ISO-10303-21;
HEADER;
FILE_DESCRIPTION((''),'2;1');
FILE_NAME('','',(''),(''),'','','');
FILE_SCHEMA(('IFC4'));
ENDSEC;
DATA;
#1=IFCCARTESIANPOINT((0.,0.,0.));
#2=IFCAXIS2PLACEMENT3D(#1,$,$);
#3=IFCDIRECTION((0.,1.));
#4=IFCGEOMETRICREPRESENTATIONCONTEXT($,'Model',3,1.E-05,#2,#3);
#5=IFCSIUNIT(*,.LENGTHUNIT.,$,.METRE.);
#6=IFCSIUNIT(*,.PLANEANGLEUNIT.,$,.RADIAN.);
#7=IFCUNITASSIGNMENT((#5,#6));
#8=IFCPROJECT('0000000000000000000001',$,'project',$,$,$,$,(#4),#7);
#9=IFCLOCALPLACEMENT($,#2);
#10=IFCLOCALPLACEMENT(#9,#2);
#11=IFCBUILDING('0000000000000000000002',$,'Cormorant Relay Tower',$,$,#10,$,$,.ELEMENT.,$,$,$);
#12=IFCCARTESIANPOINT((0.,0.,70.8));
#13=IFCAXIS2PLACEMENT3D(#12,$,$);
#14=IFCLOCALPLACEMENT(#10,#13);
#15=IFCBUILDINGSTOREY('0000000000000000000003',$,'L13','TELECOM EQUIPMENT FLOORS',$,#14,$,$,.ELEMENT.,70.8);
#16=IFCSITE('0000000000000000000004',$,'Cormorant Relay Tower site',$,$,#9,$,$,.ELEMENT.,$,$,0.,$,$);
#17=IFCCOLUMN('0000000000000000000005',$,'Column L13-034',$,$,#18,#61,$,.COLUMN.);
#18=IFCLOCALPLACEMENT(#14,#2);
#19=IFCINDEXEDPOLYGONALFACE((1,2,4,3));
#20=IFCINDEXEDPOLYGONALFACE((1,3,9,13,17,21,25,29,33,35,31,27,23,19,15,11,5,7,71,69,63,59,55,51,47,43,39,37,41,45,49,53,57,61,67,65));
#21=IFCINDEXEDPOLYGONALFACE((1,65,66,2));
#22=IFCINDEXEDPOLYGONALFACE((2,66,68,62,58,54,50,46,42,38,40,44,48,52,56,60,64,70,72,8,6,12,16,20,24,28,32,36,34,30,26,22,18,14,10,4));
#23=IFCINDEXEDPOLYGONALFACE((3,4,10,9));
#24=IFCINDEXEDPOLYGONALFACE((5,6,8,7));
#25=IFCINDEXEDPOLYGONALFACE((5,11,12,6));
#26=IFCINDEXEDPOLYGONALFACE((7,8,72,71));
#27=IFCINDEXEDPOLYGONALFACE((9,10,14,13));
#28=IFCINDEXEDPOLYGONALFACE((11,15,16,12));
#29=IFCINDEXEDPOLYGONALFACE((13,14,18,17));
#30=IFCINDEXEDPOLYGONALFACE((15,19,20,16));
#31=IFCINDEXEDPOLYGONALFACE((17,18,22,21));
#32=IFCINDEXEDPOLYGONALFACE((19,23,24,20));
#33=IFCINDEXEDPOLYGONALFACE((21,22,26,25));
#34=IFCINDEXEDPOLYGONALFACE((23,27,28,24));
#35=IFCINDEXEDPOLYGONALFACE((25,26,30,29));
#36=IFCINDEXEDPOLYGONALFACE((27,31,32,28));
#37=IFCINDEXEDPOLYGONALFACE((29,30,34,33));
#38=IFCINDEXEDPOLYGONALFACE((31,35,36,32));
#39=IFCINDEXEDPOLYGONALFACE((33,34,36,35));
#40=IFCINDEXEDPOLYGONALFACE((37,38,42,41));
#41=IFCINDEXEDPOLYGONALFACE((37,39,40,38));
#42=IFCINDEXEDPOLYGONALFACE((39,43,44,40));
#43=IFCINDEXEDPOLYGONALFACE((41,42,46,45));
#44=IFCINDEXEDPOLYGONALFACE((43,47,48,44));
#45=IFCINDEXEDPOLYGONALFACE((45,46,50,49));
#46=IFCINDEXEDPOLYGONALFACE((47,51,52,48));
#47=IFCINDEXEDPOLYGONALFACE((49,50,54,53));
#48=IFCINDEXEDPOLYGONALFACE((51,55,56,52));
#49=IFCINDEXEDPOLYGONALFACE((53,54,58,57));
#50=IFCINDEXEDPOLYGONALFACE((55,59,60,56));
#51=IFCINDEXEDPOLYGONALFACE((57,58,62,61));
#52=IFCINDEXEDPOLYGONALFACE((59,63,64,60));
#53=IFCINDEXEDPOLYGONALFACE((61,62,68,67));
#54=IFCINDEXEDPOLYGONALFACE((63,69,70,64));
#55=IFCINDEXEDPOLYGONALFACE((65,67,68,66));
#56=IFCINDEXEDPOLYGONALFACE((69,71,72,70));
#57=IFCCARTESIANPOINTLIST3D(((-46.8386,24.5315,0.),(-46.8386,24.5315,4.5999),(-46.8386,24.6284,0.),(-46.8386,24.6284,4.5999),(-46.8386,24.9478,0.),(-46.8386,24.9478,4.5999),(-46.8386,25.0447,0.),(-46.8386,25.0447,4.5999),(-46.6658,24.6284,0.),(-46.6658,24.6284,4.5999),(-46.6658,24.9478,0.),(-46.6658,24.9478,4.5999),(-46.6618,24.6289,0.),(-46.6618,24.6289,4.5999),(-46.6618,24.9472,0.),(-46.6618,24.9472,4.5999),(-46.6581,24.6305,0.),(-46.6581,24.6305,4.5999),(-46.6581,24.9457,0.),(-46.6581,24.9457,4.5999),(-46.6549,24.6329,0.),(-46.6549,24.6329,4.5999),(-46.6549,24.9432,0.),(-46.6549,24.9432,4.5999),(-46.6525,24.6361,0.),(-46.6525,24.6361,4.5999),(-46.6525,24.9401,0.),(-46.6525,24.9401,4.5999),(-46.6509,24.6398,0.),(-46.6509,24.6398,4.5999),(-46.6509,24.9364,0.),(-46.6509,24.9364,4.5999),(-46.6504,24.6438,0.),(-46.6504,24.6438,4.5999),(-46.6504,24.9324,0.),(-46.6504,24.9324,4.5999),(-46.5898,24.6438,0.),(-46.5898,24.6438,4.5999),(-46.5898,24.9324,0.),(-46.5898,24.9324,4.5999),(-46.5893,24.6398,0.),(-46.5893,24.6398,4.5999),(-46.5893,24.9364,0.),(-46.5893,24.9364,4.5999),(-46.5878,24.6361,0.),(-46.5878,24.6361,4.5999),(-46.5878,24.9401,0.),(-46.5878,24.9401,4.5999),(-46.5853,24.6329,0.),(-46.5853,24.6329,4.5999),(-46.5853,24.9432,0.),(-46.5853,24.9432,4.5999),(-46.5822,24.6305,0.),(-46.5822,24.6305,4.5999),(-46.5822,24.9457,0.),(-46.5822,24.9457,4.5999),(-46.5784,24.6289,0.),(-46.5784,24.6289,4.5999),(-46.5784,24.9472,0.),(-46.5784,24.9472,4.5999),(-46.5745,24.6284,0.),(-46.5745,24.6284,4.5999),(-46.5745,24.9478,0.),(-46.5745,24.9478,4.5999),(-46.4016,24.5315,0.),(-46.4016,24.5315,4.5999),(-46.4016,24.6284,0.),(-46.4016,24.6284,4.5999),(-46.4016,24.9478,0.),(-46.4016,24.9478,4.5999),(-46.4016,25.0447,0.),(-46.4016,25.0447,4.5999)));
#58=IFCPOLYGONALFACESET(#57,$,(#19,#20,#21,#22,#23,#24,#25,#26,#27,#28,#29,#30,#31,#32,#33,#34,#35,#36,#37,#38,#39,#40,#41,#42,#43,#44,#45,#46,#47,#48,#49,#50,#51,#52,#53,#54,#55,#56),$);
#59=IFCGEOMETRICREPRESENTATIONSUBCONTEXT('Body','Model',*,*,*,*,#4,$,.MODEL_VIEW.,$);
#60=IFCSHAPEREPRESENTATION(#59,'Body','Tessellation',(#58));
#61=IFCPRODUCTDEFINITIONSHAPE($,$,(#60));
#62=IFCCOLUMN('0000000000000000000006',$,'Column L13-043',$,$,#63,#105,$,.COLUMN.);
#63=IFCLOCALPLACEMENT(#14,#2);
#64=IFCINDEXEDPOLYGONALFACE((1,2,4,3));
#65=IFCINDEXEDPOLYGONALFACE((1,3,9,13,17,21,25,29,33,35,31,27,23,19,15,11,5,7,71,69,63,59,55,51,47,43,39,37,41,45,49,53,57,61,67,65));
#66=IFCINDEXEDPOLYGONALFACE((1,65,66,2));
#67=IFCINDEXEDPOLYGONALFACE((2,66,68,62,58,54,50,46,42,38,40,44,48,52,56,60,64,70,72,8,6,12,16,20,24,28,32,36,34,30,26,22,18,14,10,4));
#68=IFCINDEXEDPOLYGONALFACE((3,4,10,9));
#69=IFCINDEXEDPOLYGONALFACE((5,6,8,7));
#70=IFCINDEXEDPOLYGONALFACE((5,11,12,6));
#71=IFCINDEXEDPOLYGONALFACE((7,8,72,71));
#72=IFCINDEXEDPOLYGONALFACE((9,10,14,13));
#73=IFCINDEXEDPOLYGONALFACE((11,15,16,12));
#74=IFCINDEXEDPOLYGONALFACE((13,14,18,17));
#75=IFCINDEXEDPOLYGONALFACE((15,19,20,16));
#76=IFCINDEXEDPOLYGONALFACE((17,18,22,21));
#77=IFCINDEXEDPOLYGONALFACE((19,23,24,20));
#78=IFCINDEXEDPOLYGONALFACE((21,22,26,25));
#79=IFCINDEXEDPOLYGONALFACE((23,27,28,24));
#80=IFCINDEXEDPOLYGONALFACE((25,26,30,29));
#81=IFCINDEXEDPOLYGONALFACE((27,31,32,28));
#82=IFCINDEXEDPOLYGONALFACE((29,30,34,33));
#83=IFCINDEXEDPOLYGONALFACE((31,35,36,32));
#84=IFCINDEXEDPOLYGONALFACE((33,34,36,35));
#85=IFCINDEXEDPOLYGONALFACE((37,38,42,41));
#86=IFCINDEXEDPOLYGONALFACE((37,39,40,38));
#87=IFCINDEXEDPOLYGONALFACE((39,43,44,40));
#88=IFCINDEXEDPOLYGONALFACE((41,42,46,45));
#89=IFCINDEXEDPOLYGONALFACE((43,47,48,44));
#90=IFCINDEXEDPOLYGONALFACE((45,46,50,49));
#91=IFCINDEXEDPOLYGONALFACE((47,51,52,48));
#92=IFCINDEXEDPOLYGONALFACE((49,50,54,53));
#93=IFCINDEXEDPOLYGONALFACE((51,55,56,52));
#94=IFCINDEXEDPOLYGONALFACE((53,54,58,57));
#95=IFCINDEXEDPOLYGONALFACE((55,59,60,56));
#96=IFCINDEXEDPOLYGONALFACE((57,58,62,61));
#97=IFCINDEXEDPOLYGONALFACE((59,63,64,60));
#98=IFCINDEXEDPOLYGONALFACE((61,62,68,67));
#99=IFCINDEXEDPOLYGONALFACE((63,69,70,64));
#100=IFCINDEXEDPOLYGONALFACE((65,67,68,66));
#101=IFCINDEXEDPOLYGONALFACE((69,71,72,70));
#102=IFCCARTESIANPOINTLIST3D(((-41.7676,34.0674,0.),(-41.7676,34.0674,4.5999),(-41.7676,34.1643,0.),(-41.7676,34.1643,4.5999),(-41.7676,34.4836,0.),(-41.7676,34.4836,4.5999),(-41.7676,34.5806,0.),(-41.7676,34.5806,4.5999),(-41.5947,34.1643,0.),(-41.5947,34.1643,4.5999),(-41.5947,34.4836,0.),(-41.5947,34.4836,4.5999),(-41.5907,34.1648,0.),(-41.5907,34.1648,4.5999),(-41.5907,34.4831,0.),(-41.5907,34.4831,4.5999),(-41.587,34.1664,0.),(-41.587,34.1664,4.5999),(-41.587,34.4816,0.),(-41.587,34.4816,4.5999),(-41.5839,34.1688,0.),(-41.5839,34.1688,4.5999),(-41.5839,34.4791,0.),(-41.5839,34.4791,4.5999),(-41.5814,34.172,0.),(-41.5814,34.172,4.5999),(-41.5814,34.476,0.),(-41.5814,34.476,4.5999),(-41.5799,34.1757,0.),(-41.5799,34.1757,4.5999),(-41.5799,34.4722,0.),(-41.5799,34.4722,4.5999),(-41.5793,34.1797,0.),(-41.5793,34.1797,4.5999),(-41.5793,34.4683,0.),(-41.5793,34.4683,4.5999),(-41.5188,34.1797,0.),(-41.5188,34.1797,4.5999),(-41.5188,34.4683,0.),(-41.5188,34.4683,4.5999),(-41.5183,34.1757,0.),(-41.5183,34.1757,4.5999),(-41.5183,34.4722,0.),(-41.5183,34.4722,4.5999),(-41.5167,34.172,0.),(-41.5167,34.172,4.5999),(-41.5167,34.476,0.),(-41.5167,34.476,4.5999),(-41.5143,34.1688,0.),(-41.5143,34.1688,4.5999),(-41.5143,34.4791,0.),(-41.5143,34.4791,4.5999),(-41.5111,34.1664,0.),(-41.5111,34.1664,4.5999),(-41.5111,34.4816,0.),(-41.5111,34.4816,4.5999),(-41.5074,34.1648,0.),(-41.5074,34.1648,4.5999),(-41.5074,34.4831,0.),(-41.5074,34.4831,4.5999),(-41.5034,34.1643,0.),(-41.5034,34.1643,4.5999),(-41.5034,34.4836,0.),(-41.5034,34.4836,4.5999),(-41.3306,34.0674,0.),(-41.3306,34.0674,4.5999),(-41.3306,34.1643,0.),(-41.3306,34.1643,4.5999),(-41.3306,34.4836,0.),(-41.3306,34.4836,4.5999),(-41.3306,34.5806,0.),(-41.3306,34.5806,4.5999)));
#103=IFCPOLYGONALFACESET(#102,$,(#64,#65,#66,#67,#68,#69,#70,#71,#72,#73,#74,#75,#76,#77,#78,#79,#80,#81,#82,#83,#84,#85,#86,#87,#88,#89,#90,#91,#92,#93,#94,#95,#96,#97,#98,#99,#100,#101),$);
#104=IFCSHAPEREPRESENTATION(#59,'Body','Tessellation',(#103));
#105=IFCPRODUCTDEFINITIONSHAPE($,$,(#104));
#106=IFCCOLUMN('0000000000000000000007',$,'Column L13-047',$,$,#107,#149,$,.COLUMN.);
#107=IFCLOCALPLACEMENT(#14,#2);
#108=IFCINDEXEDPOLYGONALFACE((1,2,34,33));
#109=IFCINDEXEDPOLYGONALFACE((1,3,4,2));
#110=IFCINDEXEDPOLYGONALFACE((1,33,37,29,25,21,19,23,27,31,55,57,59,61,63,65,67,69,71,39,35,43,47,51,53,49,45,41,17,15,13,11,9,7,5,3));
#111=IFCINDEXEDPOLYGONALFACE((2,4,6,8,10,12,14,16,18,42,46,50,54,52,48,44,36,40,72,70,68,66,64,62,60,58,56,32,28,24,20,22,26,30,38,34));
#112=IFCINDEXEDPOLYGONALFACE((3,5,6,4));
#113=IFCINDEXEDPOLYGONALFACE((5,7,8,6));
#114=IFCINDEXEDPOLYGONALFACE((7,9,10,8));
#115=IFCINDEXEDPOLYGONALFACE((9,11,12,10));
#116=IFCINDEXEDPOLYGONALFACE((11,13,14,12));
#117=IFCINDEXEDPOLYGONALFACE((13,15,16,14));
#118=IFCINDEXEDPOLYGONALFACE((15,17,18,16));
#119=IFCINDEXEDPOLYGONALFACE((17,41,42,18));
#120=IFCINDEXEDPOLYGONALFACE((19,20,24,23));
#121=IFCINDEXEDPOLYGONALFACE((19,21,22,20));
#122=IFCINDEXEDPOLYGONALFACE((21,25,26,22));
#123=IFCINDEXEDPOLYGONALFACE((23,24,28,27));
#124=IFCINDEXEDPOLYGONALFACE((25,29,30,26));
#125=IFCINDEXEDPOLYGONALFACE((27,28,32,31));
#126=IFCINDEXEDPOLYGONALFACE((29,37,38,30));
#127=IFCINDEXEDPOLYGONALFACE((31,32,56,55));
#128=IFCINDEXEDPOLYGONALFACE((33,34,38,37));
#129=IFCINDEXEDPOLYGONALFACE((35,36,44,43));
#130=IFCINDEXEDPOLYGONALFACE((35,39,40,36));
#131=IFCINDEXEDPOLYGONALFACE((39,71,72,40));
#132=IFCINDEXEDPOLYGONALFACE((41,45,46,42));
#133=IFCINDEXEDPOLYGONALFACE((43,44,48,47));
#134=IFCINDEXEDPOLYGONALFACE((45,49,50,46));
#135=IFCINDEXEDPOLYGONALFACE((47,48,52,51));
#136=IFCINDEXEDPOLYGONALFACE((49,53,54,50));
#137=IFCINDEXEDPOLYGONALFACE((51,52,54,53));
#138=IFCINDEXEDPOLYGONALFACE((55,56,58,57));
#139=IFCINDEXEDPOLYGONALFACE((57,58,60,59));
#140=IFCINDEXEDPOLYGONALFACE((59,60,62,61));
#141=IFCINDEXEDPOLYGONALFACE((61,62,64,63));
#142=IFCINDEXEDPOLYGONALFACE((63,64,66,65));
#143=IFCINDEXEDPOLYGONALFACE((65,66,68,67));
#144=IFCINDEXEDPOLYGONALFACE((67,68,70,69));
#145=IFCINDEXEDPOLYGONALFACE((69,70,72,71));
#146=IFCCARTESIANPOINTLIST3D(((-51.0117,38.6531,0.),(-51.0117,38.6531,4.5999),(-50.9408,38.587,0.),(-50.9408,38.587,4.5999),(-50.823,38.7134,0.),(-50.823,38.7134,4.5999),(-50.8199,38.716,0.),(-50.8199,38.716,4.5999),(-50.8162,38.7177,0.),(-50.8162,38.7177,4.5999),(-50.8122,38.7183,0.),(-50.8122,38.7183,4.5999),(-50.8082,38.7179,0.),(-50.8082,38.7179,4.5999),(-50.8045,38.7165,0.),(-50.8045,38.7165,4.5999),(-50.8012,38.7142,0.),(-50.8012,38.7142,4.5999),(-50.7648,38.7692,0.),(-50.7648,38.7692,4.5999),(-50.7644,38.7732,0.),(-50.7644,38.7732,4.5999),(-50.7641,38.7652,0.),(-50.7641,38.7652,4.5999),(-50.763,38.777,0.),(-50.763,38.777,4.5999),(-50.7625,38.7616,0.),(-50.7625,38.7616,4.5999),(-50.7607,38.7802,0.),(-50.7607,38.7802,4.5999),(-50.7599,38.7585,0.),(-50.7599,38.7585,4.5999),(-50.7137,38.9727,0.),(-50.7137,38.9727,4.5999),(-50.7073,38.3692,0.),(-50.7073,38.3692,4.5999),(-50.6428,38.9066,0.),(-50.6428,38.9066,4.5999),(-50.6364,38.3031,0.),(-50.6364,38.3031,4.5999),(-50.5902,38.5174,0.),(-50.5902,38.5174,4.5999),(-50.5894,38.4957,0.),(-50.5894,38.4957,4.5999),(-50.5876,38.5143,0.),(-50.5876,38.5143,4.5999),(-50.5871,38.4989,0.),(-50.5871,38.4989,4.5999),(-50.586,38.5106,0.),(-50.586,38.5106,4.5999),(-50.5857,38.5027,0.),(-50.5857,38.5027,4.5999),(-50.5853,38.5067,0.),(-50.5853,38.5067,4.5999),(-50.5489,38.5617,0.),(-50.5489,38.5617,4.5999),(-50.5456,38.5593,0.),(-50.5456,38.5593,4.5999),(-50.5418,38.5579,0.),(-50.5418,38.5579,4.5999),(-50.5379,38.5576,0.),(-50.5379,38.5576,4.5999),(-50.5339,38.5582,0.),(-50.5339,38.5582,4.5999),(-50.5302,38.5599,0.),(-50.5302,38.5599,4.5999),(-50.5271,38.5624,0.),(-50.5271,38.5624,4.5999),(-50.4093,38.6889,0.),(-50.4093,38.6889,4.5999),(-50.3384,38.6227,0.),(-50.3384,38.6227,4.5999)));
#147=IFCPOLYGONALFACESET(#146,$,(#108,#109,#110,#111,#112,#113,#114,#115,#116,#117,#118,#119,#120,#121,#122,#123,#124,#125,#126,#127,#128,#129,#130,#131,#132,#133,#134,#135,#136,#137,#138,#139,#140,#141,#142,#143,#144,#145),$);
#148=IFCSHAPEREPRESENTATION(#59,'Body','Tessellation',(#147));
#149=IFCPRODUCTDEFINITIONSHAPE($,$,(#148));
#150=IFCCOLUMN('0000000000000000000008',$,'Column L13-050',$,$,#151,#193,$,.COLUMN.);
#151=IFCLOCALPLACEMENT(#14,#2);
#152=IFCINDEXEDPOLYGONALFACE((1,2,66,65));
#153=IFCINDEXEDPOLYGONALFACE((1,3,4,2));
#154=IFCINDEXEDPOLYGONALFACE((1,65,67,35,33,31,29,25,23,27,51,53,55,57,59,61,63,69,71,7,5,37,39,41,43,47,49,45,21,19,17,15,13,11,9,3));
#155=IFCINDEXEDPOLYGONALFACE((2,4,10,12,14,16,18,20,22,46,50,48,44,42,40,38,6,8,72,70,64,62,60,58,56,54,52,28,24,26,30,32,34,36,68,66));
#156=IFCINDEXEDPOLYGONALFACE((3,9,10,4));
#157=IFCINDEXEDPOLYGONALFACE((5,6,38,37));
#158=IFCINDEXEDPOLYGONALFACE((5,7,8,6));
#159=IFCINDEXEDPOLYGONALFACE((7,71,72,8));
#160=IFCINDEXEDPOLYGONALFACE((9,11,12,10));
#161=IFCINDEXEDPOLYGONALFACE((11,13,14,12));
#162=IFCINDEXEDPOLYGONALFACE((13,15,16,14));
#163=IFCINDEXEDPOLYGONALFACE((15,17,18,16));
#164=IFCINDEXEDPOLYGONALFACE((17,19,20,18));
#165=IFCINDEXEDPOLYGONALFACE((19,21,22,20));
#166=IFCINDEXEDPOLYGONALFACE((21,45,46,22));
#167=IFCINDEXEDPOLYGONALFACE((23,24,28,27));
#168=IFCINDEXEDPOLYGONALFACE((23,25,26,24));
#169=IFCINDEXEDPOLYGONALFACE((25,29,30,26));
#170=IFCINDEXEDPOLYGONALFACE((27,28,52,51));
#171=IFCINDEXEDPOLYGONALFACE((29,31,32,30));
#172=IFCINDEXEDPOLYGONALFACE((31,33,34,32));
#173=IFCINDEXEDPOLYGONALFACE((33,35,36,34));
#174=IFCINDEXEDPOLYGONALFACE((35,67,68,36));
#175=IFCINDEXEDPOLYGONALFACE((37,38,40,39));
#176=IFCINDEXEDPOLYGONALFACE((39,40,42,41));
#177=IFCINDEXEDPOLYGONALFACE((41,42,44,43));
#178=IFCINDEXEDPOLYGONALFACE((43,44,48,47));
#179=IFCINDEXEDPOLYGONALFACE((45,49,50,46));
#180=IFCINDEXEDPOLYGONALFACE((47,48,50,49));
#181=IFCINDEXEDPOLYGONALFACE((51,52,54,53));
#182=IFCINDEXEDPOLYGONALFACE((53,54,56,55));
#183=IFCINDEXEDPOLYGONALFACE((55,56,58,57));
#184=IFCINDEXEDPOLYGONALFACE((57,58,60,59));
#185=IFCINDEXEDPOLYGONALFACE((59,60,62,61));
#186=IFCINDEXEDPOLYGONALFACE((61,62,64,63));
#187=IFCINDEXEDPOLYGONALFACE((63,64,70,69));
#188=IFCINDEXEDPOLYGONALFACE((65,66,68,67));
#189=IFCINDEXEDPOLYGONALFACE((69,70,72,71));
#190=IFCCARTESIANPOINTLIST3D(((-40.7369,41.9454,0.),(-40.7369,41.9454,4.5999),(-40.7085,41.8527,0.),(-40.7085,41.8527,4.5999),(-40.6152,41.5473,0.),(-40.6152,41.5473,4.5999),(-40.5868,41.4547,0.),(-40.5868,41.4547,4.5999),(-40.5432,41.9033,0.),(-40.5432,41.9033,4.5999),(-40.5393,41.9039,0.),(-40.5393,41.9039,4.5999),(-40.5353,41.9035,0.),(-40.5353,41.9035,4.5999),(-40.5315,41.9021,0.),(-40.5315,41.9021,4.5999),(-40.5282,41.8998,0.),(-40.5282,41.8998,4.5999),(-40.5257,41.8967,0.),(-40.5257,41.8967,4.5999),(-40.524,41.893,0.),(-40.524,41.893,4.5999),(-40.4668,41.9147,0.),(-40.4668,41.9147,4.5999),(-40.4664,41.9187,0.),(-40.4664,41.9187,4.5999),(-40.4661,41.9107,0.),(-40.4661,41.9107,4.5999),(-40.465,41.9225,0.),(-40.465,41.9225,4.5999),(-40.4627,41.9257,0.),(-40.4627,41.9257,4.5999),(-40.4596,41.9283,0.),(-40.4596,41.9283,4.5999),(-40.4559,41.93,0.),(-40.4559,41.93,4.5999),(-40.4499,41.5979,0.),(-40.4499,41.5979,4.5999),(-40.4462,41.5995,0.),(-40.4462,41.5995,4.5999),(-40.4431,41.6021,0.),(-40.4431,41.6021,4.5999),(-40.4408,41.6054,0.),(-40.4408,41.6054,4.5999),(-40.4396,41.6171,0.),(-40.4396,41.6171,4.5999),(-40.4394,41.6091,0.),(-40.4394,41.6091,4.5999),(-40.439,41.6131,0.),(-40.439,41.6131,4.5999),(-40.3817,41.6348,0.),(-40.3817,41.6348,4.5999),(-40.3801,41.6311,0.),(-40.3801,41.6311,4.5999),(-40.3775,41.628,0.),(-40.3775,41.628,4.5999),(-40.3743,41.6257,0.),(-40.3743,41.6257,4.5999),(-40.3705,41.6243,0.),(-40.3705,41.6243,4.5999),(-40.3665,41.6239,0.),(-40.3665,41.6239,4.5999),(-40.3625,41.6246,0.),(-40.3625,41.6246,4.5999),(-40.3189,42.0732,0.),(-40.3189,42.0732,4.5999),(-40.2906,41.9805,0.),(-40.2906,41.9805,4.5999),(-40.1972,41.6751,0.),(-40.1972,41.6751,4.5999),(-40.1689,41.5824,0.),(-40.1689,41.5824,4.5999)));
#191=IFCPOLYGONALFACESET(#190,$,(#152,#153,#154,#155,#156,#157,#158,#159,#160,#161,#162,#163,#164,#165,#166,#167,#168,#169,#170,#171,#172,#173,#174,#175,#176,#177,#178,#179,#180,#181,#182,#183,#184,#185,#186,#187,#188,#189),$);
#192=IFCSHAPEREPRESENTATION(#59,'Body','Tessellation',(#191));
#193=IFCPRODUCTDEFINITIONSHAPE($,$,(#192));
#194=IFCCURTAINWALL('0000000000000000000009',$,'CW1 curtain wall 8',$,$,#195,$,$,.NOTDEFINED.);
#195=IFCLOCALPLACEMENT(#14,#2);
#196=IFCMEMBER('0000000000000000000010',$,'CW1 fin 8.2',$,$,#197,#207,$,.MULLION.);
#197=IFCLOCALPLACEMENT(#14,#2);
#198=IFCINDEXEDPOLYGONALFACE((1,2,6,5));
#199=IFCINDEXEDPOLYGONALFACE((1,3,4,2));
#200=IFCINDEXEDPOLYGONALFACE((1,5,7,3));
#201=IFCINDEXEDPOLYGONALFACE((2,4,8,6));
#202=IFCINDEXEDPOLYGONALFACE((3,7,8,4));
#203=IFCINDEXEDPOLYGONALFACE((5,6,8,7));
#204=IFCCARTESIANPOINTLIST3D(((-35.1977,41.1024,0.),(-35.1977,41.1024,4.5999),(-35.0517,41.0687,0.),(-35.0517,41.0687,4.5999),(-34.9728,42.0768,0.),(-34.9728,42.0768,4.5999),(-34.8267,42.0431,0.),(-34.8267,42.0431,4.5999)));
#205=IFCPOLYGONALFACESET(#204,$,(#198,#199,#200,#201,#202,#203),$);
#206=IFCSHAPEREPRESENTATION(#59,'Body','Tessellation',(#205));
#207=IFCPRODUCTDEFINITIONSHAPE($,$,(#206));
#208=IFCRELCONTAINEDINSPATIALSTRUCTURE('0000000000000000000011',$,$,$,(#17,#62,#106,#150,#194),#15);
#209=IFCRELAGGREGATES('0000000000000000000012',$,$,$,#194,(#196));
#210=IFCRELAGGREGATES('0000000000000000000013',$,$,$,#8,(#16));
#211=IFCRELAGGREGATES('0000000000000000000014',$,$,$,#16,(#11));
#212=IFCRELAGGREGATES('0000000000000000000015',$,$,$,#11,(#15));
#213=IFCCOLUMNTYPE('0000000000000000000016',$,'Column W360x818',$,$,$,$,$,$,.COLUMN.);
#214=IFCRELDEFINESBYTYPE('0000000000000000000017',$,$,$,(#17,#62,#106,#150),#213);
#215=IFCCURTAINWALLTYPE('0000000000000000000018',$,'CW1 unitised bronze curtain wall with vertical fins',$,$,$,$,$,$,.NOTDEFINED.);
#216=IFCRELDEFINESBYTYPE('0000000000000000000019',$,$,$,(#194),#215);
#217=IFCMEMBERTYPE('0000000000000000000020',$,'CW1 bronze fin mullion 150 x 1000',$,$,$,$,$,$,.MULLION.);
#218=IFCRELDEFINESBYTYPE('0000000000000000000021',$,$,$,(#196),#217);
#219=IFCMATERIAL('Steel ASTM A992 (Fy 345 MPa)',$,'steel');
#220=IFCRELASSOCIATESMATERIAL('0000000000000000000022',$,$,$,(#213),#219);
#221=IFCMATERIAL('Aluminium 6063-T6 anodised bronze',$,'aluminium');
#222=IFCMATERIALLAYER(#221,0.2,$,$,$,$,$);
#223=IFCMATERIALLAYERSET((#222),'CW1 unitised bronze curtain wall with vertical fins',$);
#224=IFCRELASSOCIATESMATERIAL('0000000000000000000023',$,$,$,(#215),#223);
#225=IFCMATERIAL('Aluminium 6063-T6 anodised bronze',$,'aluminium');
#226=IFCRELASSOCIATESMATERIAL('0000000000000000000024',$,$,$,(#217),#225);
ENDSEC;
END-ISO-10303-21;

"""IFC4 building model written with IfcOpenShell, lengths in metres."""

from ifc_helpers import new_model, si_unit, direction, frame, origin, origin_2d, place, context, subcontext, project, spatial, rectangle, i_section, extrude, material, layer, layer_set, material_profile, profile_set, type_object, element, aggregate, save


model = new_model("IFC4")

# Units and contexts
model_context = context("Model", 3, precision=1e-05, world=origin(), true_north=direction((0.0, 1.0)))
body_context = subcontext(model_context, "Body", "Model", "MODEL_VIEW")
ifc_project = project(units=[si_unit("LENGTHUNIT", "METRE"), si_unit("PLANEANGLEUNIT", "RADIAN")], contexts=[model_context])

# Site, building, storey
site_placement = place(None, origin())
site = spatial("IfcSite", under=ifc_project, at=site_placement, Name="Cormorant Relay Tower site", CompositionType="ELEMENT", RefElevation=0.0)
building_placement = place(site_placement, origin())
building = spatial("IfcBuilding", under=site, at=building_placement, Name="Cormorant Relay Tower", CompositionType="ELEMENT")
storey_placement = place(building_placement, frame((0.0, 0.0, 70.8)))
storey = spatial("IfcBuildingStorey", under=building, at=storey_placement, Name="L13", Description="TELECOM EQUIPMENT FLOORS", CompositionType="ELEMENT", Elevation=70.8)

# Columns
ifc_material_1 = material(Name="Steel ASTM A992 (Fy 345 MPa)", Category="steel")
ifc_material_profile_1 = material_profile(ifc_material_1, i_section(OverallWidth=0.437, OverallDepth=0.5132, WebThickness=0.0605, FlangeThickness=0.0969, FilletRadius=0.0154, at=origin_2d()), Name="W360x818")
ifc_profile_set_1 = profile_set([ifc_material_profile_1], Name="Steel ASTM A992 (Fy 345 MPa)")
column_type = type_object("IfcColumnType", Name="Column W360x818", PredefinedType="COLUMN", material=ifc_profile_set_1)
for number, where, z_axis, x_axis, name in (
    (1, (-46.6201, 24.7881, 0.0), (0.0, 0.0, 1.0), (1.0, 0.0, 0.0), "Column L13-034"),
    (2, (-41.5491, 34.324, 0.0), (0.0, 0.0, 1.0), (1.0, 0.0, 0.0), "Column L13-043"),
    (3, (-50.675, 38.6379, 0.0), (0.0, 0.0, 1.0), (-0.681998, -0.731354, 0.0), "Column L13-047"),
    (4, (-40.4529, 41.7639, 0.0), (0.0, 0.0, 1.0), (-0.956305, -0.292372, 0.0), "Column L13-050"),
):
    element("IfcColumn", number, at=place(storey_placement, frame(where, z_axis=z_axis, x_axis=x_axis)), inside=storey, type_object=column_type, Name=name, PredefinedType="COLUMN", context=body_context, shape_type="SweptSolid", body=[
        extrude(i_section(OverallWidth=0.437, OverallDepth=0.5132, WebThickness=0.0605, FlangeThickness=0.0969, FilletRadius=0.0154, at=origin_2d()), origin(), (0.0, 0.0, 1.0), 4.5999),
    ])

# Curtain wall, member
ifc_material_2 = material(Name="Aluminium 6063-T6 anodised bronze", Category="aluminium")
ifc_layer_1 = layer(ifc_material_2, 0.2)
ifc_layer_set_1 = layer_set([ifc_layer_1], Name="CW1 unitised bronze curtain wall with vertical fins")
curtain_wall_type = type_object("IfcCurtainWallType", Name="CW1 unitised bronze curtain wall with vertical fins", PredefinedType="NOTDEFINED", material=ifc_layer_set_1)
curtain_wall_1_placement = place(storey_placement, origin())
curtain_wall_1 = element("IfcCurtainWall", 5, at=curtain_wall_1_placement, inside=storey, type_object=curtain_wall_type, Name="CW1 curtain wall 8", PredefinedType="NOTDEFINED")
ifc_material_3 = material(Name="Aluminium 6063-T6 anodised bronze", Category="aluminium")
ifc_material_profile_2 = material_profile(ifc_material_3, rectangle(XDim=0.1499, YDim=1.0, at=origin_2d()), Name="AL 150x1000")
ifc_profile_set_2 = profile_set([ifc_material_profile_2], Name="Aluminium 6063-T6 anodised bronze")
member_type_1 = type_object("IfcMemberType", Name="CW1 bronze fin mullion 150 x 1000", PredefinedType="MULLION", material=ifc_profile_set_2)
member_1_placement = place(storey_placement, frame((-35.0122, 41.5728, 0.0), z_axis=(0.0, 0.0, 1.0), x_axis=(-0.97437, 0.224951, 0.0)))
member_1 = element("IfcMember", 6, at=member_1_placement, type_object=member_type_1, Name="CW1 fin 8.2", PredefinedType="MULLION", context=body_context, shape_type="SweptSolid", body=[
    extrude(rectangle(XDim=0.1499, YDim=1.0, at=origin_2d()), origin(), (0.0, 0.0, 1.0), 4.5999),
])

aggregate(curtain_wall_1, [member_1])

save(model, "model.ifc")
